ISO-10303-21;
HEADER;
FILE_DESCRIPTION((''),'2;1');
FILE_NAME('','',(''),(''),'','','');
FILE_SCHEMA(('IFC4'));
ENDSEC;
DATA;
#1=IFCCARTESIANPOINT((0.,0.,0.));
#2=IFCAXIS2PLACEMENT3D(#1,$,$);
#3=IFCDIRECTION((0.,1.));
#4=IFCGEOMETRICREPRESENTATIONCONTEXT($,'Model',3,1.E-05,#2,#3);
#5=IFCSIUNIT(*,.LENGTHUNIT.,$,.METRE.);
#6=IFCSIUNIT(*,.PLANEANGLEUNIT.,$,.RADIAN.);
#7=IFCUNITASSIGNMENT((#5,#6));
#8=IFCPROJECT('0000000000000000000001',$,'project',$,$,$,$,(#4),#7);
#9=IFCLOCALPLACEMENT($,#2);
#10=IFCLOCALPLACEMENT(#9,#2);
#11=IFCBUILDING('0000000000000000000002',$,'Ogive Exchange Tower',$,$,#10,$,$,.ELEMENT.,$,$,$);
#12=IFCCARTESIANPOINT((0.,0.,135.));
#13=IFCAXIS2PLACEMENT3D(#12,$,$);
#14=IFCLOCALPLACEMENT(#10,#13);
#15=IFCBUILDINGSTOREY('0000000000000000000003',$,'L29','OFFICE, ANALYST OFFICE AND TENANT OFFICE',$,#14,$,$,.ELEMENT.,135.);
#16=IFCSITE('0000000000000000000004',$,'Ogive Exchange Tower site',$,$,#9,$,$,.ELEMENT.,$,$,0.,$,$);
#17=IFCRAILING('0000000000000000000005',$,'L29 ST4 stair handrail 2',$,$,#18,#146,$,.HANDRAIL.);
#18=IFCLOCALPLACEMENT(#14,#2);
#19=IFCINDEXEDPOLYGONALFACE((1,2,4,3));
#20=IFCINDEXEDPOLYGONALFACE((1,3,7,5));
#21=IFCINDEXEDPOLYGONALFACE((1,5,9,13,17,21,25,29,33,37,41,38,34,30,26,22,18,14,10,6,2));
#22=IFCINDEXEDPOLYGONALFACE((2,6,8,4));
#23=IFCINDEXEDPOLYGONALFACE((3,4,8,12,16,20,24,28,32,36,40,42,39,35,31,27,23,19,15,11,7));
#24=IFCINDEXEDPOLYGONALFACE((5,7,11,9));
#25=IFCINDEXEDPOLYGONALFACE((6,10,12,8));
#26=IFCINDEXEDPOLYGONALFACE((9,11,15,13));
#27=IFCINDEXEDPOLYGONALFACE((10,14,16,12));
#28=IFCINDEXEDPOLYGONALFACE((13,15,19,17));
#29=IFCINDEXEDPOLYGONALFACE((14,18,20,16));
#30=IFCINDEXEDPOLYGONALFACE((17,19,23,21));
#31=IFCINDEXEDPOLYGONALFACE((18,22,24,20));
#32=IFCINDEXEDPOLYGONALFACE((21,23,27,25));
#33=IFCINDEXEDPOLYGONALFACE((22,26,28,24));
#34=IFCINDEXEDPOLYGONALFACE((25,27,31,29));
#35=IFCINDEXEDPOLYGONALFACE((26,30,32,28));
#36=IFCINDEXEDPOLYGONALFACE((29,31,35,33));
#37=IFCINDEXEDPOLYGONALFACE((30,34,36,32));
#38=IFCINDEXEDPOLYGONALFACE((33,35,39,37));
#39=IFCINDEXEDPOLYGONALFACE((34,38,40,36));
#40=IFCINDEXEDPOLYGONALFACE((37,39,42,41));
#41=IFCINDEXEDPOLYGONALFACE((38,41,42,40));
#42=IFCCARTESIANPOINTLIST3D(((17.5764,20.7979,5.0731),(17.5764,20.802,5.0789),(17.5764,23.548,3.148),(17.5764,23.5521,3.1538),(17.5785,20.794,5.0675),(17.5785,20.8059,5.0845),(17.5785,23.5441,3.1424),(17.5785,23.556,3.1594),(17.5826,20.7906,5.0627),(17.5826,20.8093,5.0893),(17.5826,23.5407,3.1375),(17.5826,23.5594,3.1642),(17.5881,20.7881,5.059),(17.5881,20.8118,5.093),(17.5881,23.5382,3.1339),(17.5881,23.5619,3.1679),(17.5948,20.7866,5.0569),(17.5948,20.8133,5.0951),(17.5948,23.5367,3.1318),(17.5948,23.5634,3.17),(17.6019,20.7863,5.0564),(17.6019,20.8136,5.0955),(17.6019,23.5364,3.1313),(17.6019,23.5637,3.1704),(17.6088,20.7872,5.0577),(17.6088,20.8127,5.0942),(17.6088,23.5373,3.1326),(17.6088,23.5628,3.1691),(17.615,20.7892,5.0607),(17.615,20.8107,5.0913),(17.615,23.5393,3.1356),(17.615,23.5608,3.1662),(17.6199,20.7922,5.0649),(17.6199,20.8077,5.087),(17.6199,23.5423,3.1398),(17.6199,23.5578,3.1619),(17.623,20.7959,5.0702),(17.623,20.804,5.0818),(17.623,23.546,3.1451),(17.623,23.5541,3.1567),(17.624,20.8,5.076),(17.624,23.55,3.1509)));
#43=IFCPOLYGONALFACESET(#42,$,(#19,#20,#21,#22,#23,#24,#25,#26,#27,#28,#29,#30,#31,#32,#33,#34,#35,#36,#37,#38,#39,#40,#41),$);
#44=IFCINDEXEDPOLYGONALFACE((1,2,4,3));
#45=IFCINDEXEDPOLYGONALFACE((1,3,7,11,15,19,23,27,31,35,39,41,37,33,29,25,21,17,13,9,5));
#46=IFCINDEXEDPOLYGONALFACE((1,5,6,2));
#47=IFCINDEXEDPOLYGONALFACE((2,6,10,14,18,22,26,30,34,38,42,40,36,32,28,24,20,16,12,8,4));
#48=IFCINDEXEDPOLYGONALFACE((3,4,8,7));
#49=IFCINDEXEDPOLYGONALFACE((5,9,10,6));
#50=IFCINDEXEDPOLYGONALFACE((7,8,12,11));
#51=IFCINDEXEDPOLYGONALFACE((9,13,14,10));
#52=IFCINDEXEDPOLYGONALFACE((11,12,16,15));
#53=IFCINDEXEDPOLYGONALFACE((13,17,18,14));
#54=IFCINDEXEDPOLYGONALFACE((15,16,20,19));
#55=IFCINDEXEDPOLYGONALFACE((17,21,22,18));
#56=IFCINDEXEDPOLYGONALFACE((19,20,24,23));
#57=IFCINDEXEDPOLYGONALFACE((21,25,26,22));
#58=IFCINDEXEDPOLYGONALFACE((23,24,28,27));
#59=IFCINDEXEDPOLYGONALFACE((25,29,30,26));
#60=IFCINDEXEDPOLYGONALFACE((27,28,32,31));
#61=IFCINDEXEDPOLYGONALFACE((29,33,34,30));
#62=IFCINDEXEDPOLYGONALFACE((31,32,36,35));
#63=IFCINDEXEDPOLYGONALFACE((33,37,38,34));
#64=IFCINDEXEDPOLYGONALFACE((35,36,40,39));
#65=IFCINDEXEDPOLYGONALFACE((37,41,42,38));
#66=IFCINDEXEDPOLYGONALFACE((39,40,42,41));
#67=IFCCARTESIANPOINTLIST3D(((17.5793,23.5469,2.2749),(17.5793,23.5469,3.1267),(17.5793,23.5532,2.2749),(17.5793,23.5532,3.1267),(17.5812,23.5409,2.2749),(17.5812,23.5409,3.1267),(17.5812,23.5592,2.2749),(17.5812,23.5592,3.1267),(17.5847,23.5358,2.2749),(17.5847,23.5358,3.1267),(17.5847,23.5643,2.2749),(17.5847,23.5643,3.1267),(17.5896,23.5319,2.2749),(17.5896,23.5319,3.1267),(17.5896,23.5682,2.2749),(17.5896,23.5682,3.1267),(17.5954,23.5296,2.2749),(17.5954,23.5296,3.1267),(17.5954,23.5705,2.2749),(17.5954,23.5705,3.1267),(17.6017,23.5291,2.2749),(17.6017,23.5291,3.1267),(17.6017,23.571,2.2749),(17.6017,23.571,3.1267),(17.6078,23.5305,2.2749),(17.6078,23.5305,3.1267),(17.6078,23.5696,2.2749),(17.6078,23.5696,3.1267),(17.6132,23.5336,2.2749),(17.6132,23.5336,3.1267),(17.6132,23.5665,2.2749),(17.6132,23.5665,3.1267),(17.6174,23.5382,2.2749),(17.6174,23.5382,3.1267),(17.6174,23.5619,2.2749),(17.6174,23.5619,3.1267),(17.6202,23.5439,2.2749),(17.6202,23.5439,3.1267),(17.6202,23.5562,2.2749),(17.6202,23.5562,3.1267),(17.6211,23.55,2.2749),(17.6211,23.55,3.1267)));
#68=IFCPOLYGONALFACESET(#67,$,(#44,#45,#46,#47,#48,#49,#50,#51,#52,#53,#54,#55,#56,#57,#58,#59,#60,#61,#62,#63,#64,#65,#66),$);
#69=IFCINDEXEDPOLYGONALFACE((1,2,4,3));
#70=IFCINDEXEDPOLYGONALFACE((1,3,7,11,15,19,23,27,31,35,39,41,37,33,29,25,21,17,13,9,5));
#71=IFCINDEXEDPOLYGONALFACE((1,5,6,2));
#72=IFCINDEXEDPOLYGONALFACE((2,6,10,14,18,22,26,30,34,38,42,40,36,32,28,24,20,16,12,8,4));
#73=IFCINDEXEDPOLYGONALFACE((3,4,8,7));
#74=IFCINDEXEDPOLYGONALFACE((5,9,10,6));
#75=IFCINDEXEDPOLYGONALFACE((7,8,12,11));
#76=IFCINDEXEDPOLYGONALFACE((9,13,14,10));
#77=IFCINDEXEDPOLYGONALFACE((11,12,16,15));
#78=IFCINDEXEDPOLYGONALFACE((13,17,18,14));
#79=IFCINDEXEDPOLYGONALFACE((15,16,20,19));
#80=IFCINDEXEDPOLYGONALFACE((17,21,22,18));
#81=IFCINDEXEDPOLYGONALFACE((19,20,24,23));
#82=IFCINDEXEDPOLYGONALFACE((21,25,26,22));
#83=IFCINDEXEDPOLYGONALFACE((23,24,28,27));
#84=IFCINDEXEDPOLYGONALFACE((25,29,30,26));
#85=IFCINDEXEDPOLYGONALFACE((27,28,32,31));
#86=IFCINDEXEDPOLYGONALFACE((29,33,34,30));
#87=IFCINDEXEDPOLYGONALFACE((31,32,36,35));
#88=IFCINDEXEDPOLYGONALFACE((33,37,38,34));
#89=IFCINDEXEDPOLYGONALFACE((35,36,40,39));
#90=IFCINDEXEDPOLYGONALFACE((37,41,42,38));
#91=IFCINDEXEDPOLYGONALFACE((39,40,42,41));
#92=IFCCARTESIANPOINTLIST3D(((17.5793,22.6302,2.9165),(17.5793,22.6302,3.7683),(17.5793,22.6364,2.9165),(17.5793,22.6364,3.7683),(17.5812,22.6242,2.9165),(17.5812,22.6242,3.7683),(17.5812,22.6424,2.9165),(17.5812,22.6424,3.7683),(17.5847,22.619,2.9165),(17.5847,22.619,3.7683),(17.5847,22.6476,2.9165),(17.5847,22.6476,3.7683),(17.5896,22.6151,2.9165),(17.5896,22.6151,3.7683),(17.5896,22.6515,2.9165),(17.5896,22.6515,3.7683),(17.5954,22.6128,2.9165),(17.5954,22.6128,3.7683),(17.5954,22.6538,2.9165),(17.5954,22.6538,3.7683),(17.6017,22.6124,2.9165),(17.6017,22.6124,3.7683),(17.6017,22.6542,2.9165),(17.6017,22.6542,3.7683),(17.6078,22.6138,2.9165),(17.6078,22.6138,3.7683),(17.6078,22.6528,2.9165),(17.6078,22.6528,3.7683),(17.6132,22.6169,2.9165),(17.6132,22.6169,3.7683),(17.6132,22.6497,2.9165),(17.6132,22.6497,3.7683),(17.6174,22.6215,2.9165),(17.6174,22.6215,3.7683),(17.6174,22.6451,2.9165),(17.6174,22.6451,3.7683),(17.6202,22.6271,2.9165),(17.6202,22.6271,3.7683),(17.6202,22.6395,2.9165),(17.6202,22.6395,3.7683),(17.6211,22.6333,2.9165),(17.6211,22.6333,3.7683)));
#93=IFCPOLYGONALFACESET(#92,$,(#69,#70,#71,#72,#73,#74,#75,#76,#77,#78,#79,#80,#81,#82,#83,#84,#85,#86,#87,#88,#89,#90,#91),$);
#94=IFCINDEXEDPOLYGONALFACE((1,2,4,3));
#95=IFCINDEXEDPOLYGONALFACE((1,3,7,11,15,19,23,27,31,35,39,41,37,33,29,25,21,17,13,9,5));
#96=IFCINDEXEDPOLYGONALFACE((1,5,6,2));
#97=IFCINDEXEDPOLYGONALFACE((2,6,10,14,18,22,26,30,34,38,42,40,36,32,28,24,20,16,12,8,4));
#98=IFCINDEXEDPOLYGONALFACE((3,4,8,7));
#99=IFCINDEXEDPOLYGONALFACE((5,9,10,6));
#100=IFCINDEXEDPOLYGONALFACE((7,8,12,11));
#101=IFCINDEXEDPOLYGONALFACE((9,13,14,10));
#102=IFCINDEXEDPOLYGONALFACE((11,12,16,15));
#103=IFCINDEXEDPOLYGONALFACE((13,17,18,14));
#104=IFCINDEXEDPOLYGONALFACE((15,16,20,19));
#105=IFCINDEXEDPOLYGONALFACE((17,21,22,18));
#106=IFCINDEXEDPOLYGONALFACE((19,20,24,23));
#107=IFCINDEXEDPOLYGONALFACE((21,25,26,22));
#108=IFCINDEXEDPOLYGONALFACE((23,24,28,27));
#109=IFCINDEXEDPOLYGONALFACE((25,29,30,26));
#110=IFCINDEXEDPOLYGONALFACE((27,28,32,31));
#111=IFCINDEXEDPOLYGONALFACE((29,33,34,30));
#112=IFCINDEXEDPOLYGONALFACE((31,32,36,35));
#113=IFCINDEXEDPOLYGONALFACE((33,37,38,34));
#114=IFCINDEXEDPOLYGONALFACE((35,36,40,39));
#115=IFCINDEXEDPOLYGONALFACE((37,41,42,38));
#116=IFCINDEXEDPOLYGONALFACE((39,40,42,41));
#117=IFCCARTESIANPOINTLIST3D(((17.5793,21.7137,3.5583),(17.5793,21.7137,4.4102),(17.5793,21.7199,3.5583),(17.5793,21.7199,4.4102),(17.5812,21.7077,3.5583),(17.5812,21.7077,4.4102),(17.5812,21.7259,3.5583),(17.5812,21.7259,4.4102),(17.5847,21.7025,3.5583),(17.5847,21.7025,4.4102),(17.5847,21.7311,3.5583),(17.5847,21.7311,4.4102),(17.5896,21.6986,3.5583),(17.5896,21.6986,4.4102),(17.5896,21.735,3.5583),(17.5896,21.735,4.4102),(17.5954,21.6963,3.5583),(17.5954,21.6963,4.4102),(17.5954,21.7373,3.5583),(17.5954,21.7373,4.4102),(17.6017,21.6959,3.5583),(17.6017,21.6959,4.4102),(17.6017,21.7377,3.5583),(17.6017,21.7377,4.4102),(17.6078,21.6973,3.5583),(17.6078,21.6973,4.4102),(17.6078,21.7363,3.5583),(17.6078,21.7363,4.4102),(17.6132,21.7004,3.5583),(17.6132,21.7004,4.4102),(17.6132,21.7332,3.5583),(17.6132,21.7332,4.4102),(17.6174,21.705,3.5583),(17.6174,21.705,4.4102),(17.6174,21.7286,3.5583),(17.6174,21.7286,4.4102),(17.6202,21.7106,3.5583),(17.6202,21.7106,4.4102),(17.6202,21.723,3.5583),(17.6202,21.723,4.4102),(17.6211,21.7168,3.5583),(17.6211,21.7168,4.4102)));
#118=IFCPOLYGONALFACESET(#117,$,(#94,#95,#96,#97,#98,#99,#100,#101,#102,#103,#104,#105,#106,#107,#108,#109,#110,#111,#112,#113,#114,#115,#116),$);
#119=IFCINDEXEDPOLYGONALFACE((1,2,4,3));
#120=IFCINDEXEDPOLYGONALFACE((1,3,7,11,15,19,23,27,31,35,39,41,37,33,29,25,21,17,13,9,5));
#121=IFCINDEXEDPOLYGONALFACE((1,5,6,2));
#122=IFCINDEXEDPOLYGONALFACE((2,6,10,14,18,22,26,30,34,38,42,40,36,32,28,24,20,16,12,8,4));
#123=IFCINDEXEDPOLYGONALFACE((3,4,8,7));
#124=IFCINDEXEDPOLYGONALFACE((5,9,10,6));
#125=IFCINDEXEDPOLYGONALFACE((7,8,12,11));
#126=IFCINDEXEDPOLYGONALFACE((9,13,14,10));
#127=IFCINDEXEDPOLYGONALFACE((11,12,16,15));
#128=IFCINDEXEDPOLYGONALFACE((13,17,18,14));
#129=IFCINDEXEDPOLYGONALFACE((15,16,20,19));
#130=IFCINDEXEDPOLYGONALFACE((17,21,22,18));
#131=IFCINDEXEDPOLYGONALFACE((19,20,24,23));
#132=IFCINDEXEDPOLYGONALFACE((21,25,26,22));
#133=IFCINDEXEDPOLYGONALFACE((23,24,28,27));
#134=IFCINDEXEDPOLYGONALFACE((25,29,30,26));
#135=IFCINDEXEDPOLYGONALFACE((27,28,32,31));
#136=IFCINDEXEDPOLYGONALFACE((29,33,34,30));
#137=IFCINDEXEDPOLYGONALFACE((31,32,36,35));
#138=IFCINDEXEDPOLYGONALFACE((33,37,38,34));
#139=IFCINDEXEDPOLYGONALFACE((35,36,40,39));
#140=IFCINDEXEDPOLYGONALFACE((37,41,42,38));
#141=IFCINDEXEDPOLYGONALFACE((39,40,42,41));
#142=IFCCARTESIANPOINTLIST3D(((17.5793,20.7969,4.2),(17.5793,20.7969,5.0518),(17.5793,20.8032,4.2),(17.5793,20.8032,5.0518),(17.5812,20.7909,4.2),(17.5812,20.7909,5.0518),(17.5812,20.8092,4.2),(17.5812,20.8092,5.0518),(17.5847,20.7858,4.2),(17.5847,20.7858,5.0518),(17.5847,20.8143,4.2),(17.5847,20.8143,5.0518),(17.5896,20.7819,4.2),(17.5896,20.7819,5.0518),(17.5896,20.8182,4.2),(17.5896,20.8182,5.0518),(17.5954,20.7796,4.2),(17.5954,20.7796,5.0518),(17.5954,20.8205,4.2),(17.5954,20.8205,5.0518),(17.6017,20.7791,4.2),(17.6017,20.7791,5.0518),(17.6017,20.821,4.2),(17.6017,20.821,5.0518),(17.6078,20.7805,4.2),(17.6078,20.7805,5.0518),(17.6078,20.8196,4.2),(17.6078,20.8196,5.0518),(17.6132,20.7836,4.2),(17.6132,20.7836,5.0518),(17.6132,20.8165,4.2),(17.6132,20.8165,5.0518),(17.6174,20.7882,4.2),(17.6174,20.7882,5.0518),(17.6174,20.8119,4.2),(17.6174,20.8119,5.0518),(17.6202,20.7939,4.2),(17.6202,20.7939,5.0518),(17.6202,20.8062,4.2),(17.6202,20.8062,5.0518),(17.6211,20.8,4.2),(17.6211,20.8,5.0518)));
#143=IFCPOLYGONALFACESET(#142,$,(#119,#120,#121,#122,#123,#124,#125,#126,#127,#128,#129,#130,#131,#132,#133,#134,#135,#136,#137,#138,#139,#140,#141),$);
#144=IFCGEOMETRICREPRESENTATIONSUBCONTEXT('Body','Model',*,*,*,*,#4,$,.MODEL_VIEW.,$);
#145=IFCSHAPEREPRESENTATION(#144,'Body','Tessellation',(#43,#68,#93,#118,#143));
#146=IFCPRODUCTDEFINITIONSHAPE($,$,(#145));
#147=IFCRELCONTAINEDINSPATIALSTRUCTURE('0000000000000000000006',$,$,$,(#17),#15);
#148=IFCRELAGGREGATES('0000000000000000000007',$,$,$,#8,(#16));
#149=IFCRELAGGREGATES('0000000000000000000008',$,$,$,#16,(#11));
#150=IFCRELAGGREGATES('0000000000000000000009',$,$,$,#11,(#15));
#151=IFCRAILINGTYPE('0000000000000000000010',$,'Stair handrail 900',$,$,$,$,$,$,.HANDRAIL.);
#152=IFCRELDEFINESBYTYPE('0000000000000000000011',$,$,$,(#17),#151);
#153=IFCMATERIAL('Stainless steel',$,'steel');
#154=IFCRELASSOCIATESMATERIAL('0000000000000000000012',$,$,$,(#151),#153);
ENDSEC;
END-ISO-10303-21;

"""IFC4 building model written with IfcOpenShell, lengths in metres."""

from ifc_helpers import new_model, si_unit, direction, frame, origin, origin_2d, place, context, subcontext, project, spatial, circle, extrude, material, type_object, element, save


model = new_model("IFC4")

# Units and contexts
model_context = context("Model", 3, precision=1e-05, world=origin(), true_north=direction((0.0, 1.0)))
body_context = subcontext(model_context, "Body", "Model", "MODEL_VIEW")
ifc_project = project(units=[si_unit("LENGTHUNIT", "METRE"), si_unit("PLANEANGLEUNIT", "RADIAN")], contexts=[model_context])

# Site, building, storey
site_placement = place(None, origin())
site = spatial("IfcSite", under=ifc_project, at=site_placement, Name="Ogive Exchange Tower site", CompositionType="ELEMENT", RefElevation=0.0)
building_placement = place(site_placement, origin())
building = spatial("IfcBuilding", under=site, at=building_placement, Name="Ogive Exchange Tower", CompositionType="ELEMENT")
storey_placement = place(building_placement, frame((0.0, 0.0, 135.0)))
storey = spatial("IfcBuildingStorey", under=building, at=storey_placement, Name="L29", Description="OFFICE, ANALYST OFFICE AND TENANT OFFICE", CompositionType="ELEMENT", Elevation=135.0)

# Shared definitions
ifc_material_1 = material(Name="Stainless steel", Category="steel")

# Railing
railing_type = type_object("IfcRailingType", Name="Stair handrail 900", PredefinedType="HANDRAIL", material=ifc_material_1)
railing_placement = place(storey_placement, frame((17.6001, 23.55, 2.2749)))
element("IfcRailing", 1, at=railing_placement, inside=storey, type_object=railing_type, Name="L29 ST4 stair handrail 2", PredefinedType="HANDRAIL", context=body_context, shape_type="SweptSolid", body=[
    extrude(circle(Radius=0.0239, at=origin_2d()), frame((0.0, 0.0, 0.876), z_axis=(0.0, -0.819225, 0.573472), x_axis=(1.0, 0.0, 0.0)), (0.0, 0.0, 1.0), 3.3569),
    extrude(circle(Radius=0.021, at=origin_2d()), origin(), (0.0, 0.0, 1.0), 0.8518),
    extrude(circle(Radius=0.021, at=origin_2d()), frame((0.0, -0.9167, 0.6416)), (0.0, 0.0, 1.0), 0.8518),
    extrude(circle(Radius=0.021, at=origin_2d()), frame((0.0, -1.8333, 1.2834)), (0.0, 0.0, 1.0), 0.8518),
    extrude(circle(Radius=0.021, at=origin_2d()), frame((0.0, -2.75, 1.925)), (0.0, 0.0, 1.0), 0.8518),
])

save(model, "model.ifc")
